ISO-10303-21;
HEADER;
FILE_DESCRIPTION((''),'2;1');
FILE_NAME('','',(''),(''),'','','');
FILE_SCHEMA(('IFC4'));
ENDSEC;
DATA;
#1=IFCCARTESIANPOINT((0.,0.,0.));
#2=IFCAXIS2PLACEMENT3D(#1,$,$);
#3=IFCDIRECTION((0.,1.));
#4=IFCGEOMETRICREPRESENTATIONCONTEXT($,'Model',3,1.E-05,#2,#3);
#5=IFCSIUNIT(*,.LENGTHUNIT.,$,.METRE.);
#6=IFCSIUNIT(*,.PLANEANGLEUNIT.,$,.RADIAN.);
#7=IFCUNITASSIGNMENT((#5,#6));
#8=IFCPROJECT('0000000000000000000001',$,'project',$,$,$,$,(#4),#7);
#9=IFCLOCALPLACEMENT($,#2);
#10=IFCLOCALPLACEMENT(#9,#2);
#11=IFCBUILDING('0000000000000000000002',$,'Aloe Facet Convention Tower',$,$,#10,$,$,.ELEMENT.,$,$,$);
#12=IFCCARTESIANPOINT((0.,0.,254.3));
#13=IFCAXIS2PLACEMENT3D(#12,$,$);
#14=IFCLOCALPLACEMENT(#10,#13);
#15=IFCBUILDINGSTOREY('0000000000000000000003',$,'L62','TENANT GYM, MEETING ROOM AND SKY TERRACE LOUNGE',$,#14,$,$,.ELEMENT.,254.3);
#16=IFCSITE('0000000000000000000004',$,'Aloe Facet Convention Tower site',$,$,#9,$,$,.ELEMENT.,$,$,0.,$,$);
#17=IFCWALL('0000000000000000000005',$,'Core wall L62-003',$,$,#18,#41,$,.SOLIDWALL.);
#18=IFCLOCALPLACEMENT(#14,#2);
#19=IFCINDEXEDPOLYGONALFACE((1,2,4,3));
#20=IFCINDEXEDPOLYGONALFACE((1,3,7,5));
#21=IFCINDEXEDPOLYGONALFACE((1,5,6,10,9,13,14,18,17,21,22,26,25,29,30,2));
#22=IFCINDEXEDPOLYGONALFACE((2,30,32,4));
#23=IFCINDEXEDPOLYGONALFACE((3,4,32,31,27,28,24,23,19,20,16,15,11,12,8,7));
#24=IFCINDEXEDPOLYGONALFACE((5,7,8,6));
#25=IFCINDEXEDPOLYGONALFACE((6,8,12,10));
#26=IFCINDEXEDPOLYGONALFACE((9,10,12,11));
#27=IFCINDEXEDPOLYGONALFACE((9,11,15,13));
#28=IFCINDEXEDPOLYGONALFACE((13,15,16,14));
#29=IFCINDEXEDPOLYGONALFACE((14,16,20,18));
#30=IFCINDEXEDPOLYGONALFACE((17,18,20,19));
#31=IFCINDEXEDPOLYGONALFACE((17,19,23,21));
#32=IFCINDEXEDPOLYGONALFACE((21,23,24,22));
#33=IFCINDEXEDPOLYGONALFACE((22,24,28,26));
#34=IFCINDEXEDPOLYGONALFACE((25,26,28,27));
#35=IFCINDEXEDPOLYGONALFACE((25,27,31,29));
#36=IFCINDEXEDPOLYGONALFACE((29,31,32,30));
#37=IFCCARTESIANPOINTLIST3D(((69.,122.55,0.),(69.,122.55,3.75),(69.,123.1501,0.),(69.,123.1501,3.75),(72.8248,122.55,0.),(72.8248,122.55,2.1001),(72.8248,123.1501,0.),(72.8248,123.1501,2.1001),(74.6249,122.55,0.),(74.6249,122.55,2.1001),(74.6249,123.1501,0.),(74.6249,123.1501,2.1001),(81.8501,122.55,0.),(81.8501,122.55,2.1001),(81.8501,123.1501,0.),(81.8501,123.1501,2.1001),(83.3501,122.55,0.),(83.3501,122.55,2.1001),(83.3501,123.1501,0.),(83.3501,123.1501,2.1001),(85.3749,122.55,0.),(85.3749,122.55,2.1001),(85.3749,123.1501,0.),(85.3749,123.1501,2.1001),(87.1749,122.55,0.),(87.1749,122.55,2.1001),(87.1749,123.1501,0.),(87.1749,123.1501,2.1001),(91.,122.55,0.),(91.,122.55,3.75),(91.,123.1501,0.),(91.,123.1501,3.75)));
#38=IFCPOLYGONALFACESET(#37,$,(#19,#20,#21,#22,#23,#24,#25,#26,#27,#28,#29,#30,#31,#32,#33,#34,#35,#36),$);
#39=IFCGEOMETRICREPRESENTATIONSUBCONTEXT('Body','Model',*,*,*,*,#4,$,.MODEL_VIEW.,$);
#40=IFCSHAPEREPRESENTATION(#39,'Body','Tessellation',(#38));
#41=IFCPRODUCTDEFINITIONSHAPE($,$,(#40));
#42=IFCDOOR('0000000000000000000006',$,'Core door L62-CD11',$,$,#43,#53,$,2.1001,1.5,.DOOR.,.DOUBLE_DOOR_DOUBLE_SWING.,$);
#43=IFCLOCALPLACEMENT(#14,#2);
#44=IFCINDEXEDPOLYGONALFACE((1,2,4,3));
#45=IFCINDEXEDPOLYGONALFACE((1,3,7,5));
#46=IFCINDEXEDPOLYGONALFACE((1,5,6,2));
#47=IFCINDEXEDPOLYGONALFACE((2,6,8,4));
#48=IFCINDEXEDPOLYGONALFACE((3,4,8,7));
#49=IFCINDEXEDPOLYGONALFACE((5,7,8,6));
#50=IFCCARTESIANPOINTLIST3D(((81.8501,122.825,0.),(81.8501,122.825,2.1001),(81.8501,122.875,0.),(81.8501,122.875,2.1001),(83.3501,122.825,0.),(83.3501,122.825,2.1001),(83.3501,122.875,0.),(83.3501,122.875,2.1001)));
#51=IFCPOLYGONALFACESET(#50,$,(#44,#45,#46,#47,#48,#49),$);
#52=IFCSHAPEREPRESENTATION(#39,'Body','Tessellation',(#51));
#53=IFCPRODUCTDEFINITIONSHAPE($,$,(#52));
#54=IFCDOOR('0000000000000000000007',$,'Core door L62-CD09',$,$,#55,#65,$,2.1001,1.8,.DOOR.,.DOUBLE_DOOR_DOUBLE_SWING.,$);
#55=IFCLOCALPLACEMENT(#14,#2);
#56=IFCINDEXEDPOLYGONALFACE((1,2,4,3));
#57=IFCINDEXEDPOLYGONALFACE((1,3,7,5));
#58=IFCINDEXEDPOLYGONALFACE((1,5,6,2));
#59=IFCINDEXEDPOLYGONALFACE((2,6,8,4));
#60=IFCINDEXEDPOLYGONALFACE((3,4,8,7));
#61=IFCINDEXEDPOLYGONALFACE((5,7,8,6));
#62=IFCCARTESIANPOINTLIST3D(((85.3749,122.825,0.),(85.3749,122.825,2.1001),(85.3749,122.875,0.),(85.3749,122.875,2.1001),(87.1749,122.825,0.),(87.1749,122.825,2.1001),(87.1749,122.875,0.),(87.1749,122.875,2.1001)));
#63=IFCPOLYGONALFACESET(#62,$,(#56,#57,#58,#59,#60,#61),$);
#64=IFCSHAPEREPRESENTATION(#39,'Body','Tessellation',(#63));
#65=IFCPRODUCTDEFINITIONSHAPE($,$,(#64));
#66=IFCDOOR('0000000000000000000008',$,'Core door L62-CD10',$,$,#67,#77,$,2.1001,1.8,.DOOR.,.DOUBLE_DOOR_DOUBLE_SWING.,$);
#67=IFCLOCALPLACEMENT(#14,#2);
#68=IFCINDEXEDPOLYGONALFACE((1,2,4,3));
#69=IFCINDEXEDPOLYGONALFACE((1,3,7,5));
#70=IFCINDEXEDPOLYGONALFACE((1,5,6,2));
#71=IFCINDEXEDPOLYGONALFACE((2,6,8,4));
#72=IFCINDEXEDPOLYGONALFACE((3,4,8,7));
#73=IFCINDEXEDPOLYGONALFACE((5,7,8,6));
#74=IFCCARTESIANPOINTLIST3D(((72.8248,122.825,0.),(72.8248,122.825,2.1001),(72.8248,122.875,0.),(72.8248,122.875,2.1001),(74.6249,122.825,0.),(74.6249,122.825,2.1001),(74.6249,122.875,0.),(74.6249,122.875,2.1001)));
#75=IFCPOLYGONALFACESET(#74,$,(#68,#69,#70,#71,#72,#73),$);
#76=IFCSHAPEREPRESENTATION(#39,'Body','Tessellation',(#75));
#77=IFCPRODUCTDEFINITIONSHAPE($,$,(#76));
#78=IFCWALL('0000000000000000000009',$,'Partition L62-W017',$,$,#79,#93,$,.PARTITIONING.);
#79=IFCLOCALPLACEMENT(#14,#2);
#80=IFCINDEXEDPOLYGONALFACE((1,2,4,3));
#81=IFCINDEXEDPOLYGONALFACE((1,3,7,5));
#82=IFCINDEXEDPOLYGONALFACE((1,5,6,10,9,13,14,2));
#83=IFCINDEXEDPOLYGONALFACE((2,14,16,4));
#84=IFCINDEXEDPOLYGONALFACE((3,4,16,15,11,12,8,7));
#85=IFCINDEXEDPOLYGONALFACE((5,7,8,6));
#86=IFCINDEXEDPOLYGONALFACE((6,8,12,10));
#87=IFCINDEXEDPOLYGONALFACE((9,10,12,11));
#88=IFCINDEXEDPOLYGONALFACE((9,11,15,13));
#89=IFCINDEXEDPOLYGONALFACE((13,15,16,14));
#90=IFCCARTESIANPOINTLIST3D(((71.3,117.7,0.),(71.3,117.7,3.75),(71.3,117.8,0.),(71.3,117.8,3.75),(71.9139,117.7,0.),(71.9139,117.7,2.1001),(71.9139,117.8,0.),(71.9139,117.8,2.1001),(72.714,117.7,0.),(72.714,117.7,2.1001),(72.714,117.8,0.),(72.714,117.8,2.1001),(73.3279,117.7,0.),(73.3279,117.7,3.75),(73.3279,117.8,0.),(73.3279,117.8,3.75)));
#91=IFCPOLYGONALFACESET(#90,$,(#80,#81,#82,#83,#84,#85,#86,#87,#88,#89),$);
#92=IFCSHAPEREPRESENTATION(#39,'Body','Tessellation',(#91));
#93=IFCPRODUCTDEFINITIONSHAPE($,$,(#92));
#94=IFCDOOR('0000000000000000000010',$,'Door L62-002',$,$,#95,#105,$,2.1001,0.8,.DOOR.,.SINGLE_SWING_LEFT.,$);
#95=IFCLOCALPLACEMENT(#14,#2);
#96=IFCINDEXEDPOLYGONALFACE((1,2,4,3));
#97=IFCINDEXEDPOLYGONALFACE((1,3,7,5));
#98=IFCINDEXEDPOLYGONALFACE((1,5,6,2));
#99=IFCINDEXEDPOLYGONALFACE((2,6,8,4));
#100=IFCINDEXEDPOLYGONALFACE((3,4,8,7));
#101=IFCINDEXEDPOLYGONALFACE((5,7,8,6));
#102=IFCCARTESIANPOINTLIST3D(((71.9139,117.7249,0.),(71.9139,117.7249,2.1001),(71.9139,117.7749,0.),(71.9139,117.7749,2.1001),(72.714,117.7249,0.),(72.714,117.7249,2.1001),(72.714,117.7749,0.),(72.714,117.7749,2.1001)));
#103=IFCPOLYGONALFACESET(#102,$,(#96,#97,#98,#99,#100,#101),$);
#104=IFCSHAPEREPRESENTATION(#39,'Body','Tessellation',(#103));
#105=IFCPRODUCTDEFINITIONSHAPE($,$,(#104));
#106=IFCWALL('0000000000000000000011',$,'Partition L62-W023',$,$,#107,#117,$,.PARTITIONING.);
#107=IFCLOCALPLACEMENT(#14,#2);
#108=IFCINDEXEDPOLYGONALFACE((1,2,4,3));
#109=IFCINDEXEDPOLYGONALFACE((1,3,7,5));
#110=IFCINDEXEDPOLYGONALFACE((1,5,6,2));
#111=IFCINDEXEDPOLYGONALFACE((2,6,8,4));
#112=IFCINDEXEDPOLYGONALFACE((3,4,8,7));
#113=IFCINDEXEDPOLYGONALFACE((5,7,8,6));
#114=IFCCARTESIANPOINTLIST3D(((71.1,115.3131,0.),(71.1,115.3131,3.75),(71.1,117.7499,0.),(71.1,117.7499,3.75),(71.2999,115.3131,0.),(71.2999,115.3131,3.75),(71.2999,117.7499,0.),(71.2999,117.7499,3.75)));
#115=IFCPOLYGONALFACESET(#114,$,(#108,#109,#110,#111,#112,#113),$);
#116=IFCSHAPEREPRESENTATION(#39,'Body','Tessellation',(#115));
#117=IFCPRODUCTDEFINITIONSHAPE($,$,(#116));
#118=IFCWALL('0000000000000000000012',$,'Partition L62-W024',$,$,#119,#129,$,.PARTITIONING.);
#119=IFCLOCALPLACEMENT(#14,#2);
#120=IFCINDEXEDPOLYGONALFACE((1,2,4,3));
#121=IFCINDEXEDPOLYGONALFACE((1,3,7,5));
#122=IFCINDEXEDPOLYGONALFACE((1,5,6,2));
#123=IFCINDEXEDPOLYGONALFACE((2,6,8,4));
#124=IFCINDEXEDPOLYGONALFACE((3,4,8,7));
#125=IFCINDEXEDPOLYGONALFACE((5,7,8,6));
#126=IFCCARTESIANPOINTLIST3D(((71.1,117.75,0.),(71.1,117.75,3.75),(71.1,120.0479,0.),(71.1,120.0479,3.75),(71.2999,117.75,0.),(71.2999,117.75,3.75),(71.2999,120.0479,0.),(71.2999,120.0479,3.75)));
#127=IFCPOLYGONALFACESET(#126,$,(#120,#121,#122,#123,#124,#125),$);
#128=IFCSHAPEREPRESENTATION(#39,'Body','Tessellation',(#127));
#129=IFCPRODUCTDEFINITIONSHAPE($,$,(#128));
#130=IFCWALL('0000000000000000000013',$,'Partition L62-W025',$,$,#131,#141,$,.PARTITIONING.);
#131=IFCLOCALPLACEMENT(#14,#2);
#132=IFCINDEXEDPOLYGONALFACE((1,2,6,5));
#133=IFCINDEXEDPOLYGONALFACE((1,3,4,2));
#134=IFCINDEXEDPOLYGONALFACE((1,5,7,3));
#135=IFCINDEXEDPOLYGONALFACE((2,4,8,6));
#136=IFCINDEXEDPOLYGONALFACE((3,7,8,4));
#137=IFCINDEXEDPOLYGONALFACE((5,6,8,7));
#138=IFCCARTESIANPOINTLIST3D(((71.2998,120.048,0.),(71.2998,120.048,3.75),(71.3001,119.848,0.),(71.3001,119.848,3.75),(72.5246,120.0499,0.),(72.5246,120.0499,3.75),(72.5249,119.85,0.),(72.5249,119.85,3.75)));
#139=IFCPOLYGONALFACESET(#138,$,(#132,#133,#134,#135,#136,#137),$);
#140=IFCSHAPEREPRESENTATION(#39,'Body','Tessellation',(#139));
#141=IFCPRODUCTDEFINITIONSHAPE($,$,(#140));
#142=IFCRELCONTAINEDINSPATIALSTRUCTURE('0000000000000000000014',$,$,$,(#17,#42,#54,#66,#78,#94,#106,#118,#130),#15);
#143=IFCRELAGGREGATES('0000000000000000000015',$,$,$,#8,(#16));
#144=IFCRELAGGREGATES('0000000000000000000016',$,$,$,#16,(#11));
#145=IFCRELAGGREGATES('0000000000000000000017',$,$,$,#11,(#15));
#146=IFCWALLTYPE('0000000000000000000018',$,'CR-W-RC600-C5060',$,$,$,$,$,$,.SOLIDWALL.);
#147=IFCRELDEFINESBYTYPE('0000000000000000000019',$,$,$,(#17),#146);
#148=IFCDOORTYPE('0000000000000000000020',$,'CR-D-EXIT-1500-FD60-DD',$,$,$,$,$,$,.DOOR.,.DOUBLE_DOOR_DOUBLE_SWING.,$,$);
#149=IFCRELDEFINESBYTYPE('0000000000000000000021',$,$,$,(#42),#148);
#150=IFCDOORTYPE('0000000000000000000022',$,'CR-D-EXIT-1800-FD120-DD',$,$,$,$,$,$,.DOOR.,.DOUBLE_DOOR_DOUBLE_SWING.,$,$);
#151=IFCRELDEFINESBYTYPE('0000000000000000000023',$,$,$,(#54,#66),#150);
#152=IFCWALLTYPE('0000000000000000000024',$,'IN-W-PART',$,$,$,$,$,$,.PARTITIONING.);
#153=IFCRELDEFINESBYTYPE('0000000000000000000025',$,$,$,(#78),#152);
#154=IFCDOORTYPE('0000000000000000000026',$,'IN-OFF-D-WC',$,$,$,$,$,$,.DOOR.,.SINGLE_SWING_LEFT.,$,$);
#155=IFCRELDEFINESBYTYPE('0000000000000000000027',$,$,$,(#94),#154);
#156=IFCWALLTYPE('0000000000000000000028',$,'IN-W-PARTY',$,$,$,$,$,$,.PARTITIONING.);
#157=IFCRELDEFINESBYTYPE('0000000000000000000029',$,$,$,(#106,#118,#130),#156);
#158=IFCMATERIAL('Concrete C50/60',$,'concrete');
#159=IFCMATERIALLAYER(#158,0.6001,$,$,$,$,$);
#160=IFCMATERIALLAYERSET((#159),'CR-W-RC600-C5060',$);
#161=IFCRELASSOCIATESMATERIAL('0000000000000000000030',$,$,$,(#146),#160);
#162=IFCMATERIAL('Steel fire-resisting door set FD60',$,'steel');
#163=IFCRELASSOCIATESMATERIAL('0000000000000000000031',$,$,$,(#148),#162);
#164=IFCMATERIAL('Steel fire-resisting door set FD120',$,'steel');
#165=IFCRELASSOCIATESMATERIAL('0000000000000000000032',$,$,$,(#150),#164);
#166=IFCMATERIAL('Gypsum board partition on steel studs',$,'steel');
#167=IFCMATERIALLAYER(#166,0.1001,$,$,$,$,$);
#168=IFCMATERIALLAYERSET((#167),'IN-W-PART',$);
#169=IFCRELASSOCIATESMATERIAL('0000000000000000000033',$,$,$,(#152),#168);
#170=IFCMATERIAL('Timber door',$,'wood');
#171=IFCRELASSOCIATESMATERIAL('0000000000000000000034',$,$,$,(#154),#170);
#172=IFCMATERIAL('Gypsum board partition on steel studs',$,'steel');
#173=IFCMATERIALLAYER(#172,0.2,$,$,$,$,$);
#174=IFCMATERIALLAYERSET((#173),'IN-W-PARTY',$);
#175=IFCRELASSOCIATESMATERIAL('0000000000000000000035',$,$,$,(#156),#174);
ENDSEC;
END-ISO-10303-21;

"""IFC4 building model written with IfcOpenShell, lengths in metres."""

from ifc_helpers import new_model, si_unit, direction, frame, frame_2d, origin, place, context, subcontext, project, spatial, rectangle, extrude, material, layer, layer_set, type_object, element, fill, save


model = new_model("IFC4")

# Units and contexts
model_context = context("Model", 3, precision=1e-05, world=origin(), true_north=direction((0.0, 1.0)))
body_context = subcontext(model_context, "Body", "Model", "MODEL_VIEW")
ifc_project = project(units=[si_unit("LENGTHUNIT", "METRE"), si_unit("PLANEANGLEUNIT", "RADIAN")], contexts=[model_context])

# Site, building, storey
site_placement = place(None, origin())
site = spatial("IfcSite", under=ifc_project, at=site_placement, Name="Aloe Facet Convention Tower site", CompositionType="ELEMENT", RefElevation=0.0)
building_placement = place(site_placement, origin())
building = spatial("IfcBuilding", under=site, at=building_placement, Name="Aloe Facet Convention Tower", CompositionType="ELEMENT")
storey_placement = place(building_placement, frame((0.0, 0.0, 254.3)))
storey = spatial("IfcBuildingStorey", under=building, at=storey_placement, Name="L62", Description="TENANT GYM, MEETING ROOM AND SKY TERRACE LOUNGE", CompositionType="ELEMENT", Elevation=254.3)

# Wall, openings, doors
ifc_material_1 = material(Name="Concrete C50/60", Category="concrete")
ifc_layer_1 = layer(ifc_material_1, 0.6001)
ifc_layer_set_1 = layer_set([ifc_layer_1], Name="CR-W-RC600-C5060")
wall_type_1 = type_object("IfcWallType", Name="CR-W-RC600-C5060", PredefinedType="SOLIDWALL", material=ifc_layer_set_1)
wall_1_placement = place(storey_placement, frame((69.0, 122.8501, 0.0), z_axis=(0.0, 0.0, 1.0), x_axis=(1.0, 0.0, 0.0)))
wall_1 = element("IfcWall", 1, at=wall_1_placement, inside=storey, type_object=wall_type_1, Name="Core wall L62-003", PredefinedType="SOLIDWALL", context=body_context, shape_type="SweptSolid", body=[
    extrude(rectangle(XDim=22.0, YDim=0.6001, at=frame_2d((11.0, 0.0))), origin(), (0.0, 0.0, 1.0), 3.75),
])
opening_1_placement = place(wall_1_placement, frame((16.375, 0.0, 0.0)))
opening_1 = element("IfcOpeningElement", 2, at=opening_1_placement, cuts=wall_1, PredefinedType="OPENING", context=body_context, shape_type="SweptSolid", body=[
    extrude(rectangle(XDim=1.8, YDim=2.1001, at=frame_2d((0.8999, 1.05))), frame((0.0, 0.3101, 0.0), z_axis=(0.0, -1.0, 0.0), x_axis=(1.0, 0.0, 0.0)), (0.0, 0.0, 1.0), 0.6201),
])
opening_2_placement = place(wall_1_placement, frame((3.825, 0.0, 0.0)))
opening_2 = element("IfcOpeningElement", 3, at=opening_2_placement, cuts=wall_1, PredefinedType="OPENING", context=body_context, shape_type="SweptSolid", body=[
    extrude(rectangle(XDim=1.8, YDim=2.1001, at=frame_2d((0.8999, 1.05))), frame((0.0, 0.3101, 0.0), z_axis=(0.0, -1.0, 0.0), x_axis=(1.0, 0.0, 0.0)), (0.0, 0.0, 1.0), 0.6201),
])
opening_3_placement = place(wall_1_placement, frame((12.8501, 0.0, 0.0)))
opening_3 = element("IfcOpeningElement", 4, at=opening_3_placement, cuts=wall_1, PredefinedType="OPENING", context=body_context, shape_type="SweptSolid", body=[
    extrude(rectangle(XDim=1.5, YDim=2.1001, at=frame_2d((0.75, 1.05))), frame((0.0, 0.3101, 0.0), z_axis=(0.0, -1.0, 0.0), x_axis=(1.0, 0.0, 0.0)), (0.0, 0.0, 1.0), 0.6201),
])
ifc_material_2 = material(Name="Steel fire-resisting door set FD60", Category="steel")
door_type_1 = type_object("IfcDoorType", Name="CR-D-EXIT-1500-FD60-DD", OperationType="DOUBLE_DOOR_DOUBLE_SWING", PredefinedType="DOOR", material=ifc_material_2)
door_1_placement = place(opening_3_placement, origin())
door_1 = element("IfcDoor", 5, at=door_1_placement, inside=storey, type_object=door_type_1, Name="Core door L62-CD11", OperationType="DOUBLE_DOOR_DOUBLE_SWING", OverallHeight=2.1001, OverallWidth=1.5, PredefinedType="DOOR", context=body_context, shape_type="SweptSolid", body=[
    extrude(rectangle(XDim=1.5, YDim=2.1001, at=frame_2d((0.75, 1.05))), frame((0.0, 0.0249, 0.0), z_axis=(0.0, -1.0, 0.0), x_axis=(1.0, 0.0, 0.0)), (0.0, 0.0, 1.0), 0.05),
])
fill(opening_3, door_1)
ifc_material_3 = material(Name="Steel fire-resisting door set FD120", Category="steel")
door_type_2 = type_object("IfcDoorType", Name="CR-D-EXIT-1800-FD120-DD", OperationType="DOUBLE_DOOR_DOUBLE_SWING", PredefinedType="DOOR", material=ifc_material_3)
door_2_placement = place(opening_1_placement, origin())
door_2 = element("IfcDoor", 6, at=door_2_placement, inside=storey, type_object=door_type_2, Name="Core door L62-CD09", OperationType="DOUBLE_DOOR_DOUBLE_SWING", OverallHeight=2.1001, OverallWidth=1.8, PredefinedType="DOOR", context=body_context, shape_type="SweptSolid", body=[
    extrude(rectangle(XDim=1.8, YDim=2.1001, at=frame_2d((0.8999, 1.05))), frame((0.0, 0.0249, 0.0), z_axis=(0.0, -1.0, 0.0), x_axis=(1.0, 0.0, 0.0)), (0.0, 0.0, 1.0), 0.05),
])
fill(opening_1, door_2)
door_3_placement = place(opening_2_placement, origin())
door_3 = element("IfcDoor", 7, at=door_3_placement, inside=storey, type_object=door_type_2, Name="Core door L62-CD10", OperationType="DOUBLE_DOOR_DOUBLE_SWING", OverallHeight=2.1001, OverallWidth=1.8, PredefinedType="DOOR", context=body_context, shape_type="SweptSolid", body=[
    extrude(rectangle(XDim=1.8, YDim=2.1001, at=frame_2d((0.8999, 1.05))), frame((0.0, 0.0249, 0.0), z_axis=(0.0, -1.0, 0.0), x_axis=(1.0, 0.0, 0.0)), (0.0, 0.0, 1.0), 0.05),
])
fill(opening_2, door_3)

# Wall, opening, door
ifc_material_4 = material(Name="Gypsum board partition on steel studs", Category="steel")
ifc_layer_2 = layer(ifc_material_4, 0.1001)
ifc_layer_set_2 = layer_set([ifc_layer_2], Name="IN-W-PART")
wall_type_2 = type_object("IfcWallType", Name="IN-W-PART", PredefinedType="PARTITIONING", material=ifc_layer_set_2)
wall_2_placement = place(storey_placement, frame((71.3, 117.75, 0.0), z_axis=(0.0, 0.0, 1.0), x_axis=(1.0, 0.0, 0.0)))
wall_2 = element("IfcWall", 8, at=wall_2_placement, inside=storey, type_object=wall_type_2, Name="Partition L62-W017", PredefinedType="PARTITIONING", context=body_context, shape_type="SweptSolid", body=[
    extrude(rectangle(XDim=2.0278, YDim=0.1001, at=frame_2d((1.0139, 0.0))), origin(), (0.0, 0.0, 1.0), 3.75),
])
opening_4_placement = place(wall_2_placement, frame((0.614, 0.0, 0.0)))
opening_4 = element("IfcOpeningElement", 9, at=opening_4_placement, cuts=wall_2, PredefinedType="OPENING", context=body_context, shape_type="SweptSolid", body=[
    extrude(rectangle(XDim=0.8, YDim=2.1001, at=frame_2d((0.3999, 1.05))), frame((0.0, 0.0601, 0.0), z_axis=(0.0, -1.0, 0.0), x_axis=(1.0, 0.0, 0.0)), (0.0, 0.0, 1.0), 0.1201),
])
ifc_material_5 = material(Name="Timber door", Category="wood")
door_type_3 = type_object("IfcDoorType", Name="IN-OFF-D-WC", OperationType="SINGLE_SWING_LEFT", PredefinedType="DOOR", material=ifc_material_5)
door_4_placement = place(opening_4_placement, origin())
door_4 = element("IfcDoor", 10, at=door_4_placement, inside=storey, type_object=door_type_3, Name="Door L62-002", OperationType="SINGLE_SWING_LEFT", OverallHeight=2.1001, OverallWidth=0.8, PredefinedType="DOOR", context=body_context, shape_type="SweptSolid", body=[
    extrude(rectangle(XDim=0.8, YDim=2.1001, at=frame_2d((0.3999, 1.05))), frame((0.0, 0.0249, 0.0), z_axis=(0.0, -1.0, 0.0), x_axis=(1.0, 0.0, 0.0)), (0.0, 0.0, 1.0), 0.05),
])
fill(opening_4, door_4)

# Walls
ifc_material_6 = material(Name="Gypsum board partition on steel studs", Category="steel")
ifc_layer_3 = layer(ifc_material_6, 0.2)
ifc_layer_set_3 = layer_set([ifc_layer_3], Name="IN-W-PARTY")
wall_type_3 = type_object("IfcWallType", Name="IN-W-PARTY", PredefinedType="PARTITIONING", material=ifc_layer_set_3)
wall_3_placement = place(storey_placement, frame((71.2, 115.3132, 0.0), z_axis=(0.0, 0.0, 1.0), x_axis=(0.0, 1.0, 0.0)))
element("IfcWall", 11, at=wall_3_placement, inside=storey, type_object=wall_type_3, Name="Partition L62-W023", PredefinedType="PARTITIONING", context=body_context, shape_type="SweptSolid", body=[
    extrude(rectangle(XDim=2.4368, YDim=0.2, at=frame_2d((1.2183, 0.0))), origin(), (0.0, 0.0, 1.0), 3.75),
])
wall_4_placement = place(storey_placement, frame((71.2, 117.75, 0.0), z_axis=(0.0, 0.0, 1.0), x_axis=(0.0, 1.0, 0.0)))
element("IfcWall", 12, at=wall_4_placement, inside=storey, type_object=wall_type_3, Name="Partition L62-W024", PredefinedType="PARTITIONING", context=body_context, shape_type="SweptSolid", body=[
    extrude(rectangle(XDim=2.2979, YDim=0.2, at=frame_2d((1.1489, 0.0))), origin(), (0.0, 0.0, 1.0), 3.75),
])
wall_5_placement = place(storey_placement, frame((71.3, 119.948, 0.0), z_axis=(0.0, 0.0, 1.0), x_axis=(0.999999, 0.001595, 0.0)))
element("IfcWall", 13, at=wall_5_placement, inside=storey, type_object=wall_type_3, Name="Partition L62-W025", PredefinedType="PARTITIONING", context=body_context, shape_type="SweptSolid", body=[
    extrude(rectangle(XDim=1.2249, YDim=0.2, at=frame_2d((0.6123, 0.0))), origin(), (0.0, 0.0, 1.0), 3.75),
])

save(model, "model.ifc")
